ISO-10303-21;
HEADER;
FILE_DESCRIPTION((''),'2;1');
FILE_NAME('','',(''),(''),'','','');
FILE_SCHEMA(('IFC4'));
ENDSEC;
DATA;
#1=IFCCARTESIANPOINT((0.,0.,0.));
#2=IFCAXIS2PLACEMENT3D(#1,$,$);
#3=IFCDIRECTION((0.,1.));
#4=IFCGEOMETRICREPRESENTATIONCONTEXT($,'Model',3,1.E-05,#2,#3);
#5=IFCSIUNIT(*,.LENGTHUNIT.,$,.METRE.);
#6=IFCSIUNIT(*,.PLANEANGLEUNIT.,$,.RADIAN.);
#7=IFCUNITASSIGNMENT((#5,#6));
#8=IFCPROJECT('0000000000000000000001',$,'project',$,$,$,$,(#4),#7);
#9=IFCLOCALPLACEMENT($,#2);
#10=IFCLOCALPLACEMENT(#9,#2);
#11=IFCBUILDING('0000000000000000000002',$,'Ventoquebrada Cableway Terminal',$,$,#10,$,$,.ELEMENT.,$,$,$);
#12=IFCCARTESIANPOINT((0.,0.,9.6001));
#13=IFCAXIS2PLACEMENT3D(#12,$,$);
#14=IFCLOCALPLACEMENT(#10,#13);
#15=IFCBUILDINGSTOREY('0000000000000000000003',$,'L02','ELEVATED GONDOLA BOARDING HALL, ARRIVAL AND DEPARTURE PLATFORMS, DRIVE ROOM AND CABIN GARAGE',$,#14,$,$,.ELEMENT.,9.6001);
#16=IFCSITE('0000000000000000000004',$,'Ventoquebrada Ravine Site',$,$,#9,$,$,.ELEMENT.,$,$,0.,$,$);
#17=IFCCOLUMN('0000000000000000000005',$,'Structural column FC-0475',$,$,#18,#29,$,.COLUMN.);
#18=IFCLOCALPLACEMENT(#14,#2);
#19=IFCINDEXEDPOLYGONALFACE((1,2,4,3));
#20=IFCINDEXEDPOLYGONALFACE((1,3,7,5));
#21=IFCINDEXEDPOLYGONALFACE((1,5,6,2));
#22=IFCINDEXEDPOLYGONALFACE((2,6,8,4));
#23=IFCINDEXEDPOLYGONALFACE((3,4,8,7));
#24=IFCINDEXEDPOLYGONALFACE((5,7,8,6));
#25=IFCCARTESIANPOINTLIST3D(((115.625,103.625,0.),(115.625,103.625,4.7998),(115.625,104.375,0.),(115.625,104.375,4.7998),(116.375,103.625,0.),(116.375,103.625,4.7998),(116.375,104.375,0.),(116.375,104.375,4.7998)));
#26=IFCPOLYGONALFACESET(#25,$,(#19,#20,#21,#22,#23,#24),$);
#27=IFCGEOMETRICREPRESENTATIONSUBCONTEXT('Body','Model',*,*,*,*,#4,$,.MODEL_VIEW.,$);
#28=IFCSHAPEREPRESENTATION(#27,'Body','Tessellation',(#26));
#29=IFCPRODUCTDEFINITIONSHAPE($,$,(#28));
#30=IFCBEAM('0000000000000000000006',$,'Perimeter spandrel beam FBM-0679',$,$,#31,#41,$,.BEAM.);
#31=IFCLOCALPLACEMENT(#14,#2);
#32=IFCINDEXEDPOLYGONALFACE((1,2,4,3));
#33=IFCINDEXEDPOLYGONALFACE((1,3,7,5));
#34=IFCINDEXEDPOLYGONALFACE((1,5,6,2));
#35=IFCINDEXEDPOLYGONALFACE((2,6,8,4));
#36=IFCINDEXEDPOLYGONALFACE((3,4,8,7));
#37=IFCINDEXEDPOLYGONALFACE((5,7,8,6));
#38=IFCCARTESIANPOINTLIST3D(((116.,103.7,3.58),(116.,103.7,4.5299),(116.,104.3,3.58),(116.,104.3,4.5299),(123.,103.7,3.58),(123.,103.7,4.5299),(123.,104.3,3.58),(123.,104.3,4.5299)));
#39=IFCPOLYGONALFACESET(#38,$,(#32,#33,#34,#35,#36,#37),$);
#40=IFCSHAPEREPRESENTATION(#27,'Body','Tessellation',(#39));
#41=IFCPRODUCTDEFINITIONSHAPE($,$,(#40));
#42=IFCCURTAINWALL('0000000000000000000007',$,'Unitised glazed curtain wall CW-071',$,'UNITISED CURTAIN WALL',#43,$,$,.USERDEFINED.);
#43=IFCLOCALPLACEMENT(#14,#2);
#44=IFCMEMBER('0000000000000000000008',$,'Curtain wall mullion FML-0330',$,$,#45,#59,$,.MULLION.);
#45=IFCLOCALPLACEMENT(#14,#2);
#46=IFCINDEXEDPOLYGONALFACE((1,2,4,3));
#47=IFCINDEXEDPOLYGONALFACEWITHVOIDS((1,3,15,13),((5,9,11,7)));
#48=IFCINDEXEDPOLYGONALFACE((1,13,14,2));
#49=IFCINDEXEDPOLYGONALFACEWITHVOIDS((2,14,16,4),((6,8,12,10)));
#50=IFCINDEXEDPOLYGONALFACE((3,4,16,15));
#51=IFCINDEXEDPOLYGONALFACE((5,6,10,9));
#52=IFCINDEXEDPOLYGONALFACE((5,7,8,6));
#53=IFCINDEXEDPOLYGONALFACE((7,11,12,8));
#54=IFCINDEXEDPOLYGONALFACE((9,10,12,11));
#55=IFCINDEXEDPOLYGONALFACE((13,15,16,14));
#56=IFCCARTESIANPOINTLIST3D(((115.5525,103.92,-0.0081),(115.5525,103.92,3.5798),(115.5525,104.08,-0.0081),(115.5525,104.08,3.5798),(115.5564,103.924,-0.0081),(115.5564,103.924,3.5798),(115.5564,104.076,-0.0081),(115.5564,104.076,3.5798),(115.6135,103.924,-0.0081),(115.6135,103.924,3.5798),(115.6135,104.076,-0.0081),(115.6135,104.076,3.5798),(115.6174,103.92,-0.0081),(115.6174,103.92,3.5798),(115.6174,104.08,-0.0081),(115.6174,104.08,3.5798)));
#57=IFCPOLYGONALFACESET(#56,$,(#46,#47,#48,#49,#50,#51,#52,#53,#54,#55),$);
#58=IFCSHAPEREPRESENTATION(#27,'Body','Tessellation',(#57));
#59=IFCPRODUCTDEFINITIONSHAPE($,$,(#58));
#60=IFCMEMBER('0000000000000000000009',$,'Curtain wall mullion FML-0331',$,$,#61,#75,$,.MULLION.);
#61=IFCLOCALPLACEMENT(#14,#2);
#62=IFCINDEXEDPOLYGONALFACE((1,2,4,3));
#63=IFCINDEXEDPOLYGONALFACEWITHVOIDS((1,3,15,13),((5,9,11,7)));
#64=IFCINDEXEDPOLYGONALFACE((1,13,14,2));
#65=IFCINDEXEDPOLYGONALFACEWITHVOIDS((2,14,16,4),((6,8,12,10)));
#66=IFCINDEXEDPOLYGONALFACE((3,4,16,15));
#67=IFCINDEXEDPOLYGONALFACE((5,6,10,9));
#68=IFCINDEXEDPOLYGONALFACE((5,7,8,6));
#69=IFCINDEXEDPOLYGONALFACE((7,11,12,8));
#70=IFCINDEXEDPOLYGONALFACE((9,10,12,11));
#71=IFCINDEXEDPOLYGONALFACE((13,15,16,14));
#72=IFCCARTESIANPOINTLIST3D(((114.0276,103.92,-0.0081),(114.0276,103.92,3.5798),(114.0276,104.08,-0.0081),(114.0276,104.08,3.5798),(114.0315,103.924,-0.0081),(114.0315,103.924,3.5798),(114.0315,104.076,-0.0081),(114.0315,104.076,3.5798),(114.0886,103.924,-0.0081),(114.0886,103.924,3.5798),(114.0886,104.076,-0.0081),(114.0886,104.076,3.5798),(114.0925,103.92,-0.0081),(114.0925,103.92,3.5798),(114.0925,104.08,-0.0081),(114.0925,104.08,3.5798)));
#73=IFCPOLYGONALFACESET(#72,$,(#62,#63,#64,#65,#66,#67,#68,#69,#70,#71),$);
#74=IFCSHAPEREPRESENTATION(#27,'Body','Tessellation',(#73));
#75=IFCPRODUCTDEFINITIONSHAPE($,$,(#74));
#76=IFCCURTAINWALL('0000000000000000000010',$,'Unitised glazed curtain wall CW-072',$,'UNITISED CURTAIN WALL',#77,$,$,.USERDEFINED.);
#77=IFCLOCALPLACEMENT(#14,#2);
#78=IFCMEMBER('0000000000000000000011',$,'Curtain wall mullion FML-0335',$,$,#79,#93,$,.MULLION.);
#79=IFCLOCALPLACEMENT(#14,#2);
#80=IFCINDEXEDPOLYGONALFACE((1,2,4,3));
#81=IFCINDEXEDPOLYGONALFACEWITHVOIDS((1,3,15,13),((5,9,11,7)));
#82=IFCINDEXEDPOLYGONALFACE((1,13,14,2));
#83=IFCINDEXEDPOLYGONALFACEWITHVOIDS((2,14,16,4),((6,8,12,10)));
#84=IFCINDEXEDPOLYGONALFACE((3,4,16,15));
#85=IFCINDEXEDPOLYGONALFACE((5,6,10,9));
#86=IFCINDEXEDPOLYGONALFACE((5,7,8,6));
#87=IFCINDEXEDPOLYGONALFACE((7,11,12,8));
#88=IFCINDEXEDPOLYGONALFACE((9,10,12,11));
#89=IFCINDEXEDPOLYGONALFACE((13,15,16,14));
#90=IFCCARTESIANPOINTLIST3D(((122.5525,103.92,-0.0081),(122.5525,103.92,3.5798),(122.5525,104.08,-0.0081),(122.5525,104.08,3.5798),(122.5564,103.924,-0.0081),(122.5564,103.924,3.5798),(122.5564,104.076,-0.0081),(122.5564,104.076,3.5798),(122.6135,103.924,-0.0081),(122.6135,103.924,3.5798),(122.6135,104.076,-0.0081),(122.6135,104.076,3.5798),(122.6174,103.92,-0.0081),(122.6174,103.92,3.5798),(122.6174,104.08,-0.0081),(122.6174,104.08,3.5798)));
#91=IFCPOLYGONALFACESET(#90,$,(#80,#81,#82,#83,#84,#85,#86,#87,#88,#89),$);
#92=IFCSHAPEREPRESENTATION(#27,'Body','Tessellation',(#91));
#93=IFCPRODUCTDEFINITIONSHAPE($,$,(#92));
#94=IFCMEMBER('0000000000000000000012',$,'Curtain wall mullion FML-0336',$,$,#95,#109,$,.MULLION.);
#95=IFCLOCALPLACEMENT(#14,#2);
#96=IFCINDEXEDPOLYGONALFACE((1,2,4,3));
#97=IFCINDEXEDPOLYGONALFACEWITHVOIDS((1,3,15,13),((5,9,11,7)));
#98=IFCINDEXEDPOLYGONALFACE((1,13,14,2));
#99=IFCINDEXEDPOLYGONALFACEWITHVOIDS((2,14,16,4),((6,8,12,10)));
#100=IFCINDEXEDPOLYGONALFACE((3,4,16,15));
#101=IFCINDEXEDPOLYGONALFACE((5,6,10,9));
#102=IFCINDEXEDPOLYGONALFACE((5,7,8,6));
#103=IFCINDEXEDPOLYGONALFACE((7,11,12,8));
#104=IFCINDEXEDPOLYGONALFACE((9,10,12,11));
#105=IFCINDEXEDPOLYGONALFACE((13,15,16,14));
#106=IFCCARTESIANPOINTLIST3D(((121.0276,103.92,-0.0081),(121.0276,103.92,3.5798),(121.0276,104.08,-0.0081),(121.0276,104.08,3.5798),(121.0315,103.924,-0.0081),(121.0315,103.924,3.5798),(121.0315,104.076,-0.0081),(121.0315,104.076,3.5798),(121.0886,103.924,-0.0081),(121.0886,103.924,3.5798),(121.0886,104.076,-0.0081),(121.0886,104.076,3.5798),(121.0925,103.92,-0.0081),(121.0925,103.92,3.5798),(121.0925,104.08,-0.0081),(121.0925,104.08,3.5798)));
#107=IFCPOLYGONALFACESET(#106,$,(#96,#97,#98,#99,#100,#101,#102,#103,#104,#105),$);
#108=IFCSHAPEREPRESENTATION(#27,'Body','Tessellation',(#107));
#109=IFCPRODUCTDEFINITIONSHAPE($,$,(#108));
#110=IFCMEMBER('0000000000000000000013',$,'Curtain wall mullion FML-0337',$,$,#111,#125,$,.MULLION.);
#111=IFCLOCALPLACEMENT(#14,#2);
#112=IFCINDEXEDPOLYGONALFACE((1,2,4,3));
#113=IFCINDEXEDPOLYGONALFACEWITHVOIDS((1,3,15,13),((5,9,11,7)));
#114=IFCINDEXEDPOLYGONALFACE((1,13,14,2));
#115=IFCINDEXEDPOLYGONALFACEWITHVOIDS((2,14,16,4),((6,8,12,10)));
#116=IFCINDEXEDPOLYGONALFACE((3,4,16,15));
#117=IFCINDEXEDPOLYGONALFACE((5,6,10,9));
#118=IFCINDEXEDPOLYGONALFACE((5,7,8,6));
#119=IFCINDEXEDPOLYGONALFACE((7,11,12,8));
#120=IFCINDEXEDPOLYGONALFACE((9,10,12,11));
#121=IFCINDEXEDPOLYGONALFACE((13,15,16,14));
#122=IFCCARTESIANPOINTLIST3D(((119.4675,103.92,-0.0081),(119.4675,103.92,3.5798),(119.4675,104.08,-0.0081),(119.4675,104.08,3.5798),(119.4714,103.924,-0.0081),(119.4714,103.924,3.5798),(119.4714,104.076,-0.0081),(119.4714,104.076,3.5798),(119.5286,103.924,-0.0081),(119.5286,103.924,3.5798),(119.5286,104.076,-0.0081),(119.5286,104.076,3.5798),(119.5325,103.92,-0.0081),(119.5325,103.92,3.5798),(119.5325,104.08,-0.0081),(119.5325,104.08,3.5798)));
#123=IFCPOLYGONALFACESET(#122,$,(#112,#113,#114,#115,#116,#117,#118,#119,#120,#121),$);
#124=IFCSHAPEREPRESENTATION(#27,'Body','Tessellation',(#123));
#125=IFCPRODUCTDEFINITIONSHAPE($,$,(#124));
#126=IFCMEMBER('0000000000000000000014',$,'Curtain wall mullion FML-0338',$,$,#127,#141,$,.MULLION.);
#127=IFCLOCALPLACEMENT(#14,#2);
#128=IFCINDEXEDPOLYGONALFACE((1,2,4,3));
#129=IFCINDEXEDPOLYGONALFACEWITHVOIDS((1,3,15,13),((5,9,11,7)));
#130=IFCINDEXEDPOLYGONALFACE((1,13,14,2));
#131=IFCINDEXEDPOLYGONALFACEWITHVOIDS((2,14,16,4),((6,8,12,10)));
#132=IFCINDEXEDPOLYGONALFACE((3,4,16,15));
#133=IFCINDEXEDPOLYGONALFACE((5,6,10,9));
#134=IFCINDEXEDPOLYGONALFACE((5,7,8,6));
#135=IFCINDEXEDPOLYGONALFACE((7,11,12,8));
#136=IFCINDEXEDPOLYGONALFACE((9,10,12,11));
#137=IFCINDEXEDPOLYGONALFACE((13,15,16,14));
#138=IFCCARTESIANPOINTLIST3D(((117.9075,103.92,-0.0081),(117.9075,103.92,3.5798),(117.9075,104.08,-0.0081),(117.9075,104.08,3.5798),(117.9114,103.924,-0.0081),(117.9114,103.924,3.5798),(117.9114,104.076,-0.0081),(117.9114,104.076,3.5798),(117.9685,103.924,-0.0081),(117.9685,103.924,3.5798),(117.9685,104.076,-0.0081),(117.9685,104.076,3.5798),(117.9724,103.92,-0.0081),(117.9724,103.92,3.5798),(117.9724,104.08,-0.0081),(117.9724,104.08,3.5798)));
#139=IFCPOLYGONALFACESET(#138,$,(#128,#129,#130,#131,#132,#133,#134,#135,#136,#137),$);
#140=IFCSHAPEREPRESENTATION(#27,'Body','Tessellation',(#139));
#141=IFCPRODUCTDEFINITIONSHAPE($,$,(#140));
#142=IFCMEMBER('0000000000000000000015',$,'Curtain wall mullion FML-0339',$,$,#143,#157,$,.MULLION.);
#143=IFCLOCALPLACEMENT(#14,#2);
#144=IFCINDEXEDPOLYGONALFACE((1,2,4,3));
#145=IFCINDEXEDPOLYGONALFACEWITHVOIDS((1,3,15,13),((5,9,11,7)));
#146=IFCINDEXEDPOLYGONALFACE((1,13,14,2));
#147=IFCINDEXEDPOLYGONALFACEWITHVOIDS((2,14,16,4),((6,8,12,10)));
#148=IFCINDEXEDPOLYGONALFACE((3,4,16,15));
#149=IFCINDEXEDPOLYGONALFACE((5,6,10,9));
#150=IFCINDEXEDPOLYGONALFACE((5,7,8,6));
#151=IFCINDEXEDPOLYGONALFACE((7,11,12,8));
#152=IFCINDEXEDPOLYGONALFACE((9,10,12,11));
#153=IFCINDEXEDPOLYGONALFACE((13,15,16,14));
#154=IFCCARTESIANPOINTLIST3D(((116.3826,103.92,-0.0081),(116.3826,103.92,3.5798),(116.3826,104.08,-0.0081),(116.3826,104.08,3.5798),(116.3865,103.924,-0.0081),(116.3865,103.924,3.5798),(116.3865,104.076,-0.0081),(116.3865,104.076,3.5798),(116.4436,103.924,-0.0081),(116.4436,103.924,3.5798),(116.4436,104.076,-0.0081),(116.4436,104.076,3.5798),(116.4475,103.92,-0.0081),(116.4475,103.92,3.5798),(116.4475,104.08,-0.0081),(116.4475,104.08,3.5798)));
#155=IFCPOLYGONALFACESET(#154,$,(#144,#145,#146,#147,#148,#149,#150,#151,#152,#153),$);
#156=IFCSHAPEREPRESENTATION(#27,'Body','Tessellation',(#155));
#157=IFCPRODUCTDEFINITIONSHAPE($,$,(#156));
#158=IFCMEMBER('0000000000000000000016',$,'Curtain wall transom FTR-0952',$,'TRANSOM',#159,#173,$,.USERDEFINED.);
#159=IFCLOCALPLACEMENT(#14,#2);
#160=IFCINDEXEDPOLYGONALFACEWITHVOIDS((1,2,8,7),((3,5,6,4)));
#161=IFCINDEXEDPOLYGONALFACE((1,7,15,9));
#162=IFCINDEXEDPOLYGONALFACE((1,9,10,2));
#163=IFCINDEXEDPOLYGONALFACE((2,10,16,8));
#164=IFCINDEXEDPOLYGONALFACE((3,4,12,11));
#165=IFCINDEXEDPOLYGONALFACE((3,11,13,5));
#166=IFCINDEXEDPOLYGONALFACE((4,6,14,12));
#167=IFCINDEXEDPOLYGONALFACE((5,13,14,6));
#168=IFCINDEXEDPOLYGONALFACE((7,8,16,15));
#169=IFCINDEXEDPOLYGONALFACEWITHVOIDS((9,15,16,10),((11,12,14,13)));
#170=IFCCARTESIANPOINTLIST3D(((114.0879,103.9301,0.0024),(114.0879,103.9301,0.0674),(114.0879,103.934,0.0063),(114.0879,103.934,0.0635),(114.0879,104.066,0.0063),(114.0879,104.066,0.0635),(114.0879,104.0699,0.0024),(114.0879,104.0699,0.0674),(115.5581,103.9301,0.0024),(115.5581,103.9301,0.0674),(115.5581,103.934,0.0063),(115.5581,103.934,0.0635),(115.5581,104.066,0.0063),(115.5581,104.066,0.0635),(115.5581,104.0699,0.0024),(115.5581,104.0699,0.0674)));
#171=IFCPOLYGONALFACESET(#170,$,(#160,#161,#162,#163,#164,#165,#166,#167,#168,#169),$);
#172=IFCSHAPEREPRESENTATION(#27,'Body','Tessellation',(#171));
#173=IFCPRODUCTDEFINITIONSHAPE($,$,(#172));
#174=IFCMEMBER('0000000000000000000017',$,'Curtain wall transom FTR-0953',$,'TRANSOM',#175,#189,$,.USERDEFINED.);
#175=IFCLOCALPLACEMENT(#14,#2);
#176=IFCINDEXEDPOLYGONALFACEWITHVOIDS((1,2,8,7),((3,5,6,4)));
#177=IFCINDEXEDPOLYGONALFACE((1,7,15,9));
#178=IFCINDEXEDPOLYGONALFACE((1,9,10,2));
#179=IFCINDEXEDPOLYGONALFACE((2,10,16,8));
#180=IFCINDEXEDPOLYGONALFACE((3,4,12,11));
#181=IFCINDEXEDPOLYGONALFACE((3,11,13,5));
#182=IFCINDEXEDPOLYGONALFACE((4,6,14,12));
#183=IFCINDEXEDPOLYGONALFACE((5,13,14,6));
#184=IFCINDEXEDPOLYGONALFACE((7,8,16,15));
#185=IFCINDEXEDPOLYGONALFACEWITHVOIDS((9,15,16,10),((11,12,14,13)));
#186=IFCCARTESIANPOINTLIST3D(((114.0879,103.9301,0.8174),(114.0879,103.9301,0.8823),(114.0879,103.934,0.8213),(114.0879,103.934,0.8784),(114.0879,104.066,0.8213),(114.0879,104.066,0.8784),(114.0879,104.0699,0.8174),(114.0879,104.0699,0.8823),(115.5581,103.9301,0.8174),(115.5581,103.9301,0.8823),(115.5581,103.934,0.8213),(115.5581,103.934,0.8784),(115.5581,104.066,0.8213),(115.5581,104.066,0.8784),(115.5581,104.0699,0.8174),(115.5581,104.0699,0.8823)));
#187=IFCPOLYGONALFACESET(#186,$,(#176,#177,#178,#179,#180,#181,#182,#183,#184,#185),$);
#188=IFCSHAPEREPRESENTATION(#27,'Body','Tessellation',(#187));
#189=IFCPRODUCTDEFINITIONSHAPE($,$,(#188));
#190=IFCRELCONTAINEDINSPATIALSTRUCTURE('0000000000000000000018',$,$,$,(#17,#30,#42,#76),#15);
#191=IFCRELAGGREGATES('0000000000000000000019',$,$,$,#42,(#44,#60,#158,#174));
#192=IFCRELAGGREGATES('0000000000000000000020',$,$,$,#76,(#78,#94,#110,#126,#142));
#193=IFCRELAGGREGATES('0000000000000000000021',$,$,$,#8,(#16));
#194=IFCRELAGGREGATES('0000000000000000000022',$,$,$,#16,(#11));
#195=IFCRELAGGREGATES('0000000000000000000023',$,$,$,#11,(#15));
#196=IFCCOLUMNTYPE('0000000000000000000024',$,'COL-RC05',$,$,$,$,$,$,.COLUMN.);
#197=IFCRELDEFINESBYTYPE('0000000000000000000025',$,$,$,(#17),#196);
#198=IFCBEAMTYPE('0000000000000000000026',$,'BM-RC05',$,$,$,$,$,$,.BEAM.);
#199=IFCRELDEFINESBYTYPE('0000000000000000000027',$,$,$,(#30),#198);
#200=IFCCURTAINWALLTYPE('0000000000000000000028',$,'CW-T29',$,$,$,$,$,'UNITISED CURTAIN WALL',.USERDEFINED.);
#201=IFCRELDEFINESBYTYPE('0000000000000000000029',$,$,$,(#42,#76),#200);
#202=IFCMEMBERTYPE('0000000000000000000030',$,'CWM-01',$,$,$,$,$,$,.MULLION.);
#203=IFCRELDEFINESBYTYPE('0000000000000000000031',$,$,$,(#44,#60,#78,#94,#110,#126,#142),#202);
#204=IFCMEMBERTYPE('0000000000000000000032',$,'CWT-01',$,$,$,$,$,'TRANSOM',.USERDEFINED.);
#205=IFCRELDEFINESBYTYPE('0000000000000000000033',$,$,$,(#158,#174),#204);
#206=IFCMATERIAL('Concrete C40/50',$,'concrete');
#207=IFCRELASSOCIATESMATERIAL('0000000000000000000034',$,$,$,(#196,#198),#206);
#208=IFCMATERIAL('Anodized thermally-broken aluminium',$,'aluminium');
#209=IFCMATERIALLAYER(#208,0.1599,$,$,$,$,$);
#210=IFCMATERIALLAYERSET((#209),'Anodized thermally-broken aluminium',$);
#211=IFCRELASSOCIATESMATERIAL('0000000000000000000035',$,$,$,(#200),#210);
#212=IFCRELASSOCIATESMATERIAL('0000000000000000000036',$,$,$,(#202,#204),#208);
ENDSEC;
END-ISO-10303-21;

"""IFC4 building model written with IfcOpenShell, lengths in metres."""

from ifc_helpers import new_model, si_unit, direction, frame, origin, origin_2d, place, context, subcontext, project, spatial, rectangle, hollow_rectangle, extrude, material, layer, layer_set, material_profile, profile_set, type_object, element, aggregate, save


model = new_model("IFC4")

# Units and contexts
model_context = context("Model", 3, precision=1e-05, world=origin(), true_north=direction((0.0, 1.0)))
body_context = subcontext(model_context, "Body", "Model", "MODEL_VIEW")
ifc_project = project(units=[si_unit("LENGTHUNIT", "METRE"), si_unit("PLANEANGLEUNIT", "RADIAN")], contexts=[model_context])

# Site, building, storey
site_placement = place(None, origin())
site = spatial("IfcSite", under=ifc_project, at=site_placement, Name="Ventoquebrada Ravine Site", CompositionType="ELEMENT", RefElevation=0.0)
building_placement = place(site_placement, origin())
building = spatial("IfcBuilding", under=site, at=building_placement, Name="Ventoquebrada Cableway Terminal", CompositionType="ELEMENT")
storey_placement = place(building_placement, frame((0.0, 0.0, 9.6001)))
storey = spatial("IfcBuildingStorey", under=building, at=storey_placement, Name="L02", Description="ELEVATED GONDOLA BOARDING HALL, ARRIVAL AND DEPARTURE PLATFORMS, DRIVE ROOM AND CABIN GARAGE", CompositionType="ELEMENT", Elevation=9.6001)

# Column
ifc_material_1 = material(Name="Concrete C40/50", Category="concrete")
ifc_material_profile_1 = material_profile(ifc_material_1, rectangle(XDim=0.75, YDim=0.75, at=origin_2d()), Name="RC-COL-750X750")
ifc_profile_set_1 = profile_set([ifc_material_profile_1], Name="Concrete C40/50")
column_type = type_object("IfcColumnType", Name="COL-RC05", PredefinedType="COLUMN", material=ifc_profile_set_1)
column_placement = place(storey_placement, frame((116.0, 104.0, 0.0), z_axis=(0.0, 0.0, 1.0), x_axis=(1.0, 0.0, 0.0)))
element("IfcColumn", 1, at=column_placement, inside=storey, type_object=column_type, Name="Structural column FC-0475", PredefinedType="COLUMN", context=body_context, shape_type="SweptSolid", body=[
    extrude(rectangle(XDim=0.75, YDim=0.75, at=origin_2d()), origin(), (0.0, 0.0, 1.0), 4.7998),
])

# Beam
ifc_material_profile_2 = material_profile(ifc_material_1, rectangle(XDim=0.6001, YDim=0.95, at=origin_2d()), Name="RC-BM-600X950")
ifc_profile_set_2 = profile_set([ifc_material_profile_2], Name="Concrete C40/50")
beam_type = type_object("IfcBeamType", Name="BM-RC05", PredefinedType="BEAM", material=ifc_profile_set_2)
beam_placement = place(storey_placement, frame((116.0, 104.0, 4.0549), z_axis=(1.0, 0.0, 0.0), x_axis=(0.0, 1.0, 0.0)))
element("IfcBeam", 2, at=beam_placement, inside=storey, type_object=beam_type, Name="Perimeter spandrel beam FBM-0679", PredefinedType="BEAM", context=body_context, shape_type="SweptSolid", body=[
    extrude(rectangle(XDim=0.6001, YDim=0.95, at=origin_2d()), origin(), (0.0, 0.0, 1.0), 7.0),
])

# Curtain walls, members
ifc_material_2 = material(Name="Anodized thermally-broken aluminium", Category="aluminium")
ifc_layer_1 = layer(ifc_material_2, 0.1599)
ifc_layer_set_1 = layer_set([ifc_layer_1], Name="Anodized thermally-broken aluminium")
curtain_wall_type = type_object("IfcCurtainWallType", Name="CW-T29", ElementType="UNITISED CURTAIN WALL", PredefinedType="USERDEFINED", material=ifc_layer_set_1)
curtain_wall_1_placement = place(storey_placement, origin())
curtain_wall_1 = element("IfcCurtainWall", 3, at=curtain_wall_1_placement, inside=storey, type_object=curtain_wall_type, Name="Unitised glazed curtain wall CW-071", ObjectType="UNITISED CURTAIN WALL", PredefinedType="USERDEFINED")
ifc_material_profile_3 = material_profile(ifc_material_2, hollow_rectangle(XDim=0.0649, YDim=0.1599, WallThickness=0.0039, at=origin_2d()), Name="CW-MUL-65X160")
ifc_profile_set_3 = profile_set([ifc_material_profile_3], Name="Anodized thermally-broken aluminium")
member_type_1 = type_object("IfcMemberType", Name="CWM-01", PredefinedType="MULLION", material=ifc_profile_set_3)
member_1_placement = place(storey_placement, frame((115.585, 104.0, -0.0081), z_axis=(0.0, 0.0, 1.0), x_axis=(-1.0, 0.0, 0.0)))
member_1 = element("IfcMember", 4, at=member_1_placement, type_object=member_type_1, Name="Curtain wall mullion FML-0330", PredefinedType="MULLION", context=body_context, shape_type="SweptSolid", body=[
    extrude(hollow_rectangle(XDim=0.0649, YDim=0.1599, WallThickness=0.0039, at=origin_2d()), origin(), (0.0, 0.0, 1.0), 3.5879),
])
member_2_placement = place(storey_placement, frame((114.0601, 104.0, -0.0081), z_axis=(0.0, 0.0, 1.0), x_axis=(-1.0, 0.0, 0.0)))
member_2 = element("IfcMember", 5, at=member_2_placement, type_object=member_type_1, Name="Curtain wall mullion FML-0331", PredefinedType="MULLION", context=body_context, shape_type="SweptSolid", body=[
    extrude(hollow_rectangle(XDim=0.0649, YDim=0.1599, WallThickness=0.0039, at=origin_2d()), origin(), (0.0, 0.0, 1.0), 3.5879),
])
curtain_wall_2_placement = place(storey_placement, origin())
curtain_wall_2 = element("IfcCurtainWall", 6, at=curtain_wall_2_placement, inside=storey, type_object=curtain_wall_type, Name="Unitised glazed curtain wall CW-072", ObjectType="UNITISED CURTAIN WALL", PredefinedType="USERDEFINED")
member_3_placement = place(storey_placement, frame((122.585, 104.0, -0.0081), z_axis=(0.0, 0.0, 1.0), x_axis=(-1.0, 0.0, 0.0)))
member_3 = element("IfcMember", 7, at=member_3_placement, type_object=member_type_1, Name="Curtain wall mullion FML-0335", PredefinedType="MULLION", context=body_context, shape_type="SweptSolid", body=[
    extrude(hollow_rectangle(XDim=0.0649, YDim=0.1599, WallThickness=0.0039, at=origin_2d()), origin(), (0.0, 0.0, 1.0), 3.5879),
])
member_4_placement = place(storey_placement, frame((121.0601, 104.0, -0.0081), z_axis=(0.0, 0.0, 1.0), x_axis=(-1.0, 0.0, 0.0)))
member_4 = element("IfcMember", 8, at=member_4_placement, type_object=member_type_1, Name="Curtain wall mullion FML-0336", PredefinedType="MULLION", context=body_context, shape_type="SweptSolid", body=[
    extrude(hollow_rectangle(XDim=0.0649, YDim=0.1599, WallThickness=0.0039, at=origin_2d()), origin(), (0.0, 0.0, 1.0), 3.5879),
])
member_5_placement = place(storey_placement, frame((119.5, 104.0, -0.0081), z_axis=(0.0, 0.0, 1.0), x_axis=(-1.0, 0.0, 0.0)))
member_5 = element("IfcMember", 9, at=member_5_placement, type_object=member_type_1, Name="Curtain wall mullion FML-0337", PredefinedType="MULLION", context=body_context, shape_type="SweptSolid", body=[
    extrude(hollow_rectangle(XDim=0.0649, YDim=0.1599, WallThickness=0.0039, at=origin_2d()), origin(), (0.0, 0.0, 1.0), 3.5879),
])
member_6_placement = place(storey_placement, frame((117.9399, 104.0, -0.0081), z_axis=(0.0, 0.0, 1.0), x_axis=(-1.0, 0.0, 0.0)))
member_6 = element("IfcMember", 10, at=member_6_placement, type_object=member_type_1, Name="Curtain wall mullion FML-0338", PredefinedType="MULLION", context=body_context, shape_type="SweptSolid", body=[
    extrude(hollow_rectangle(XDim=0.0649, YDim=0.1599, WallThickness=0.0039, at=origin_2d()), origin(), (0.0, 0.0, 1.0), 3.5879),
])
member_7_placement = place(storey_placement, frame((116.415, 104.0, -0.0081), z_axis=(0.0, 0.0, 1.0), x_axis=(-1.0, 0.0, 0.0)))
member_7 = element("IfcMember", 11, at=member_7_placement, type_object=member_type_1, Name="Curtain wall mullion FML-0339", PredefinedType="MULLION", context=body_context, shape_type="SweptSolid", body=[
    extrude(hollow_rectangle(XDim=0.0649, YDim=0.1599, WallThickness=0.0039, at=origin_2d()), origin(), (0.0, 0.0, 1.0), 3.5879),
])

# Members
ifc_material_profile_4 = material_profile(ifc_material_2, hollow_rectangle(XDim=0.0649, YDim=0.1399, WallThickness=0.0039, at=origin_2d()), Name="CW-TRN-65X140")
ifc_profile_set_4 = profile_set([ifc_material_profile_4], Name="Anodized thermally-broken aluminium")
member_type_2 = type_object("IfcMemberType", Name="CWT-01", ElementType="TRANSOM", PredefinedType="USERDEFINED", material=ifc_profile_set_4)
member_8_placement = place(storey_placement, frame((115.5581, 104.0, 0.0349), z_axis=(-1.0, 0.0, 0.0), x_axis=(0.0, 0.0, 1.0)))
member_8 = element("IfcMember", 12, at=member_8_placement, type_object=member_type_2, Name="Curtain wall transom FTR-0952", ObjectType="TRANSOM", PredefinedType="USERDEFINED", context=body_context, shape_type="SweptSolid", body=[
    extrude(hollow_rectangle(XDim=0.0649, YDim=0.1399, WallThickness=0.0039, at=origin_2d()), origin(), (0.0, 0.0, 1.0), 1.4702),
])
member_9_placement = place(storey_placement, frame((115.5581, 104.0, 0.8499), z_axis=(-1.0, 0.0, 0.0), x_axis=(0.0, 0.0, 1.0)))
member_9 = element("IfcMember", 13, at=member_9_placement, type_object=member_type_2, Name="Curtain wall transom FTR-0953", ObjectType="TRANSOM", PredefinedType="USERDEFINED", context=body_context, shape_type="SweptSolid", body=[
    extrude(hollow_rectangle(XDim=0.0649, YDim=0.1399, WallThickness=0.0039, at=origin_2d()), origin(), (0.0, 0.0, 1.0), 1.4702),
])

aggregate(curtain_wall_1, [member_1, member_2, member_8, member_9])
aggregate(curtain_wall_2, [member_3, member_4, member_5, member_6, member_7])

save(model, "model.ifc")
